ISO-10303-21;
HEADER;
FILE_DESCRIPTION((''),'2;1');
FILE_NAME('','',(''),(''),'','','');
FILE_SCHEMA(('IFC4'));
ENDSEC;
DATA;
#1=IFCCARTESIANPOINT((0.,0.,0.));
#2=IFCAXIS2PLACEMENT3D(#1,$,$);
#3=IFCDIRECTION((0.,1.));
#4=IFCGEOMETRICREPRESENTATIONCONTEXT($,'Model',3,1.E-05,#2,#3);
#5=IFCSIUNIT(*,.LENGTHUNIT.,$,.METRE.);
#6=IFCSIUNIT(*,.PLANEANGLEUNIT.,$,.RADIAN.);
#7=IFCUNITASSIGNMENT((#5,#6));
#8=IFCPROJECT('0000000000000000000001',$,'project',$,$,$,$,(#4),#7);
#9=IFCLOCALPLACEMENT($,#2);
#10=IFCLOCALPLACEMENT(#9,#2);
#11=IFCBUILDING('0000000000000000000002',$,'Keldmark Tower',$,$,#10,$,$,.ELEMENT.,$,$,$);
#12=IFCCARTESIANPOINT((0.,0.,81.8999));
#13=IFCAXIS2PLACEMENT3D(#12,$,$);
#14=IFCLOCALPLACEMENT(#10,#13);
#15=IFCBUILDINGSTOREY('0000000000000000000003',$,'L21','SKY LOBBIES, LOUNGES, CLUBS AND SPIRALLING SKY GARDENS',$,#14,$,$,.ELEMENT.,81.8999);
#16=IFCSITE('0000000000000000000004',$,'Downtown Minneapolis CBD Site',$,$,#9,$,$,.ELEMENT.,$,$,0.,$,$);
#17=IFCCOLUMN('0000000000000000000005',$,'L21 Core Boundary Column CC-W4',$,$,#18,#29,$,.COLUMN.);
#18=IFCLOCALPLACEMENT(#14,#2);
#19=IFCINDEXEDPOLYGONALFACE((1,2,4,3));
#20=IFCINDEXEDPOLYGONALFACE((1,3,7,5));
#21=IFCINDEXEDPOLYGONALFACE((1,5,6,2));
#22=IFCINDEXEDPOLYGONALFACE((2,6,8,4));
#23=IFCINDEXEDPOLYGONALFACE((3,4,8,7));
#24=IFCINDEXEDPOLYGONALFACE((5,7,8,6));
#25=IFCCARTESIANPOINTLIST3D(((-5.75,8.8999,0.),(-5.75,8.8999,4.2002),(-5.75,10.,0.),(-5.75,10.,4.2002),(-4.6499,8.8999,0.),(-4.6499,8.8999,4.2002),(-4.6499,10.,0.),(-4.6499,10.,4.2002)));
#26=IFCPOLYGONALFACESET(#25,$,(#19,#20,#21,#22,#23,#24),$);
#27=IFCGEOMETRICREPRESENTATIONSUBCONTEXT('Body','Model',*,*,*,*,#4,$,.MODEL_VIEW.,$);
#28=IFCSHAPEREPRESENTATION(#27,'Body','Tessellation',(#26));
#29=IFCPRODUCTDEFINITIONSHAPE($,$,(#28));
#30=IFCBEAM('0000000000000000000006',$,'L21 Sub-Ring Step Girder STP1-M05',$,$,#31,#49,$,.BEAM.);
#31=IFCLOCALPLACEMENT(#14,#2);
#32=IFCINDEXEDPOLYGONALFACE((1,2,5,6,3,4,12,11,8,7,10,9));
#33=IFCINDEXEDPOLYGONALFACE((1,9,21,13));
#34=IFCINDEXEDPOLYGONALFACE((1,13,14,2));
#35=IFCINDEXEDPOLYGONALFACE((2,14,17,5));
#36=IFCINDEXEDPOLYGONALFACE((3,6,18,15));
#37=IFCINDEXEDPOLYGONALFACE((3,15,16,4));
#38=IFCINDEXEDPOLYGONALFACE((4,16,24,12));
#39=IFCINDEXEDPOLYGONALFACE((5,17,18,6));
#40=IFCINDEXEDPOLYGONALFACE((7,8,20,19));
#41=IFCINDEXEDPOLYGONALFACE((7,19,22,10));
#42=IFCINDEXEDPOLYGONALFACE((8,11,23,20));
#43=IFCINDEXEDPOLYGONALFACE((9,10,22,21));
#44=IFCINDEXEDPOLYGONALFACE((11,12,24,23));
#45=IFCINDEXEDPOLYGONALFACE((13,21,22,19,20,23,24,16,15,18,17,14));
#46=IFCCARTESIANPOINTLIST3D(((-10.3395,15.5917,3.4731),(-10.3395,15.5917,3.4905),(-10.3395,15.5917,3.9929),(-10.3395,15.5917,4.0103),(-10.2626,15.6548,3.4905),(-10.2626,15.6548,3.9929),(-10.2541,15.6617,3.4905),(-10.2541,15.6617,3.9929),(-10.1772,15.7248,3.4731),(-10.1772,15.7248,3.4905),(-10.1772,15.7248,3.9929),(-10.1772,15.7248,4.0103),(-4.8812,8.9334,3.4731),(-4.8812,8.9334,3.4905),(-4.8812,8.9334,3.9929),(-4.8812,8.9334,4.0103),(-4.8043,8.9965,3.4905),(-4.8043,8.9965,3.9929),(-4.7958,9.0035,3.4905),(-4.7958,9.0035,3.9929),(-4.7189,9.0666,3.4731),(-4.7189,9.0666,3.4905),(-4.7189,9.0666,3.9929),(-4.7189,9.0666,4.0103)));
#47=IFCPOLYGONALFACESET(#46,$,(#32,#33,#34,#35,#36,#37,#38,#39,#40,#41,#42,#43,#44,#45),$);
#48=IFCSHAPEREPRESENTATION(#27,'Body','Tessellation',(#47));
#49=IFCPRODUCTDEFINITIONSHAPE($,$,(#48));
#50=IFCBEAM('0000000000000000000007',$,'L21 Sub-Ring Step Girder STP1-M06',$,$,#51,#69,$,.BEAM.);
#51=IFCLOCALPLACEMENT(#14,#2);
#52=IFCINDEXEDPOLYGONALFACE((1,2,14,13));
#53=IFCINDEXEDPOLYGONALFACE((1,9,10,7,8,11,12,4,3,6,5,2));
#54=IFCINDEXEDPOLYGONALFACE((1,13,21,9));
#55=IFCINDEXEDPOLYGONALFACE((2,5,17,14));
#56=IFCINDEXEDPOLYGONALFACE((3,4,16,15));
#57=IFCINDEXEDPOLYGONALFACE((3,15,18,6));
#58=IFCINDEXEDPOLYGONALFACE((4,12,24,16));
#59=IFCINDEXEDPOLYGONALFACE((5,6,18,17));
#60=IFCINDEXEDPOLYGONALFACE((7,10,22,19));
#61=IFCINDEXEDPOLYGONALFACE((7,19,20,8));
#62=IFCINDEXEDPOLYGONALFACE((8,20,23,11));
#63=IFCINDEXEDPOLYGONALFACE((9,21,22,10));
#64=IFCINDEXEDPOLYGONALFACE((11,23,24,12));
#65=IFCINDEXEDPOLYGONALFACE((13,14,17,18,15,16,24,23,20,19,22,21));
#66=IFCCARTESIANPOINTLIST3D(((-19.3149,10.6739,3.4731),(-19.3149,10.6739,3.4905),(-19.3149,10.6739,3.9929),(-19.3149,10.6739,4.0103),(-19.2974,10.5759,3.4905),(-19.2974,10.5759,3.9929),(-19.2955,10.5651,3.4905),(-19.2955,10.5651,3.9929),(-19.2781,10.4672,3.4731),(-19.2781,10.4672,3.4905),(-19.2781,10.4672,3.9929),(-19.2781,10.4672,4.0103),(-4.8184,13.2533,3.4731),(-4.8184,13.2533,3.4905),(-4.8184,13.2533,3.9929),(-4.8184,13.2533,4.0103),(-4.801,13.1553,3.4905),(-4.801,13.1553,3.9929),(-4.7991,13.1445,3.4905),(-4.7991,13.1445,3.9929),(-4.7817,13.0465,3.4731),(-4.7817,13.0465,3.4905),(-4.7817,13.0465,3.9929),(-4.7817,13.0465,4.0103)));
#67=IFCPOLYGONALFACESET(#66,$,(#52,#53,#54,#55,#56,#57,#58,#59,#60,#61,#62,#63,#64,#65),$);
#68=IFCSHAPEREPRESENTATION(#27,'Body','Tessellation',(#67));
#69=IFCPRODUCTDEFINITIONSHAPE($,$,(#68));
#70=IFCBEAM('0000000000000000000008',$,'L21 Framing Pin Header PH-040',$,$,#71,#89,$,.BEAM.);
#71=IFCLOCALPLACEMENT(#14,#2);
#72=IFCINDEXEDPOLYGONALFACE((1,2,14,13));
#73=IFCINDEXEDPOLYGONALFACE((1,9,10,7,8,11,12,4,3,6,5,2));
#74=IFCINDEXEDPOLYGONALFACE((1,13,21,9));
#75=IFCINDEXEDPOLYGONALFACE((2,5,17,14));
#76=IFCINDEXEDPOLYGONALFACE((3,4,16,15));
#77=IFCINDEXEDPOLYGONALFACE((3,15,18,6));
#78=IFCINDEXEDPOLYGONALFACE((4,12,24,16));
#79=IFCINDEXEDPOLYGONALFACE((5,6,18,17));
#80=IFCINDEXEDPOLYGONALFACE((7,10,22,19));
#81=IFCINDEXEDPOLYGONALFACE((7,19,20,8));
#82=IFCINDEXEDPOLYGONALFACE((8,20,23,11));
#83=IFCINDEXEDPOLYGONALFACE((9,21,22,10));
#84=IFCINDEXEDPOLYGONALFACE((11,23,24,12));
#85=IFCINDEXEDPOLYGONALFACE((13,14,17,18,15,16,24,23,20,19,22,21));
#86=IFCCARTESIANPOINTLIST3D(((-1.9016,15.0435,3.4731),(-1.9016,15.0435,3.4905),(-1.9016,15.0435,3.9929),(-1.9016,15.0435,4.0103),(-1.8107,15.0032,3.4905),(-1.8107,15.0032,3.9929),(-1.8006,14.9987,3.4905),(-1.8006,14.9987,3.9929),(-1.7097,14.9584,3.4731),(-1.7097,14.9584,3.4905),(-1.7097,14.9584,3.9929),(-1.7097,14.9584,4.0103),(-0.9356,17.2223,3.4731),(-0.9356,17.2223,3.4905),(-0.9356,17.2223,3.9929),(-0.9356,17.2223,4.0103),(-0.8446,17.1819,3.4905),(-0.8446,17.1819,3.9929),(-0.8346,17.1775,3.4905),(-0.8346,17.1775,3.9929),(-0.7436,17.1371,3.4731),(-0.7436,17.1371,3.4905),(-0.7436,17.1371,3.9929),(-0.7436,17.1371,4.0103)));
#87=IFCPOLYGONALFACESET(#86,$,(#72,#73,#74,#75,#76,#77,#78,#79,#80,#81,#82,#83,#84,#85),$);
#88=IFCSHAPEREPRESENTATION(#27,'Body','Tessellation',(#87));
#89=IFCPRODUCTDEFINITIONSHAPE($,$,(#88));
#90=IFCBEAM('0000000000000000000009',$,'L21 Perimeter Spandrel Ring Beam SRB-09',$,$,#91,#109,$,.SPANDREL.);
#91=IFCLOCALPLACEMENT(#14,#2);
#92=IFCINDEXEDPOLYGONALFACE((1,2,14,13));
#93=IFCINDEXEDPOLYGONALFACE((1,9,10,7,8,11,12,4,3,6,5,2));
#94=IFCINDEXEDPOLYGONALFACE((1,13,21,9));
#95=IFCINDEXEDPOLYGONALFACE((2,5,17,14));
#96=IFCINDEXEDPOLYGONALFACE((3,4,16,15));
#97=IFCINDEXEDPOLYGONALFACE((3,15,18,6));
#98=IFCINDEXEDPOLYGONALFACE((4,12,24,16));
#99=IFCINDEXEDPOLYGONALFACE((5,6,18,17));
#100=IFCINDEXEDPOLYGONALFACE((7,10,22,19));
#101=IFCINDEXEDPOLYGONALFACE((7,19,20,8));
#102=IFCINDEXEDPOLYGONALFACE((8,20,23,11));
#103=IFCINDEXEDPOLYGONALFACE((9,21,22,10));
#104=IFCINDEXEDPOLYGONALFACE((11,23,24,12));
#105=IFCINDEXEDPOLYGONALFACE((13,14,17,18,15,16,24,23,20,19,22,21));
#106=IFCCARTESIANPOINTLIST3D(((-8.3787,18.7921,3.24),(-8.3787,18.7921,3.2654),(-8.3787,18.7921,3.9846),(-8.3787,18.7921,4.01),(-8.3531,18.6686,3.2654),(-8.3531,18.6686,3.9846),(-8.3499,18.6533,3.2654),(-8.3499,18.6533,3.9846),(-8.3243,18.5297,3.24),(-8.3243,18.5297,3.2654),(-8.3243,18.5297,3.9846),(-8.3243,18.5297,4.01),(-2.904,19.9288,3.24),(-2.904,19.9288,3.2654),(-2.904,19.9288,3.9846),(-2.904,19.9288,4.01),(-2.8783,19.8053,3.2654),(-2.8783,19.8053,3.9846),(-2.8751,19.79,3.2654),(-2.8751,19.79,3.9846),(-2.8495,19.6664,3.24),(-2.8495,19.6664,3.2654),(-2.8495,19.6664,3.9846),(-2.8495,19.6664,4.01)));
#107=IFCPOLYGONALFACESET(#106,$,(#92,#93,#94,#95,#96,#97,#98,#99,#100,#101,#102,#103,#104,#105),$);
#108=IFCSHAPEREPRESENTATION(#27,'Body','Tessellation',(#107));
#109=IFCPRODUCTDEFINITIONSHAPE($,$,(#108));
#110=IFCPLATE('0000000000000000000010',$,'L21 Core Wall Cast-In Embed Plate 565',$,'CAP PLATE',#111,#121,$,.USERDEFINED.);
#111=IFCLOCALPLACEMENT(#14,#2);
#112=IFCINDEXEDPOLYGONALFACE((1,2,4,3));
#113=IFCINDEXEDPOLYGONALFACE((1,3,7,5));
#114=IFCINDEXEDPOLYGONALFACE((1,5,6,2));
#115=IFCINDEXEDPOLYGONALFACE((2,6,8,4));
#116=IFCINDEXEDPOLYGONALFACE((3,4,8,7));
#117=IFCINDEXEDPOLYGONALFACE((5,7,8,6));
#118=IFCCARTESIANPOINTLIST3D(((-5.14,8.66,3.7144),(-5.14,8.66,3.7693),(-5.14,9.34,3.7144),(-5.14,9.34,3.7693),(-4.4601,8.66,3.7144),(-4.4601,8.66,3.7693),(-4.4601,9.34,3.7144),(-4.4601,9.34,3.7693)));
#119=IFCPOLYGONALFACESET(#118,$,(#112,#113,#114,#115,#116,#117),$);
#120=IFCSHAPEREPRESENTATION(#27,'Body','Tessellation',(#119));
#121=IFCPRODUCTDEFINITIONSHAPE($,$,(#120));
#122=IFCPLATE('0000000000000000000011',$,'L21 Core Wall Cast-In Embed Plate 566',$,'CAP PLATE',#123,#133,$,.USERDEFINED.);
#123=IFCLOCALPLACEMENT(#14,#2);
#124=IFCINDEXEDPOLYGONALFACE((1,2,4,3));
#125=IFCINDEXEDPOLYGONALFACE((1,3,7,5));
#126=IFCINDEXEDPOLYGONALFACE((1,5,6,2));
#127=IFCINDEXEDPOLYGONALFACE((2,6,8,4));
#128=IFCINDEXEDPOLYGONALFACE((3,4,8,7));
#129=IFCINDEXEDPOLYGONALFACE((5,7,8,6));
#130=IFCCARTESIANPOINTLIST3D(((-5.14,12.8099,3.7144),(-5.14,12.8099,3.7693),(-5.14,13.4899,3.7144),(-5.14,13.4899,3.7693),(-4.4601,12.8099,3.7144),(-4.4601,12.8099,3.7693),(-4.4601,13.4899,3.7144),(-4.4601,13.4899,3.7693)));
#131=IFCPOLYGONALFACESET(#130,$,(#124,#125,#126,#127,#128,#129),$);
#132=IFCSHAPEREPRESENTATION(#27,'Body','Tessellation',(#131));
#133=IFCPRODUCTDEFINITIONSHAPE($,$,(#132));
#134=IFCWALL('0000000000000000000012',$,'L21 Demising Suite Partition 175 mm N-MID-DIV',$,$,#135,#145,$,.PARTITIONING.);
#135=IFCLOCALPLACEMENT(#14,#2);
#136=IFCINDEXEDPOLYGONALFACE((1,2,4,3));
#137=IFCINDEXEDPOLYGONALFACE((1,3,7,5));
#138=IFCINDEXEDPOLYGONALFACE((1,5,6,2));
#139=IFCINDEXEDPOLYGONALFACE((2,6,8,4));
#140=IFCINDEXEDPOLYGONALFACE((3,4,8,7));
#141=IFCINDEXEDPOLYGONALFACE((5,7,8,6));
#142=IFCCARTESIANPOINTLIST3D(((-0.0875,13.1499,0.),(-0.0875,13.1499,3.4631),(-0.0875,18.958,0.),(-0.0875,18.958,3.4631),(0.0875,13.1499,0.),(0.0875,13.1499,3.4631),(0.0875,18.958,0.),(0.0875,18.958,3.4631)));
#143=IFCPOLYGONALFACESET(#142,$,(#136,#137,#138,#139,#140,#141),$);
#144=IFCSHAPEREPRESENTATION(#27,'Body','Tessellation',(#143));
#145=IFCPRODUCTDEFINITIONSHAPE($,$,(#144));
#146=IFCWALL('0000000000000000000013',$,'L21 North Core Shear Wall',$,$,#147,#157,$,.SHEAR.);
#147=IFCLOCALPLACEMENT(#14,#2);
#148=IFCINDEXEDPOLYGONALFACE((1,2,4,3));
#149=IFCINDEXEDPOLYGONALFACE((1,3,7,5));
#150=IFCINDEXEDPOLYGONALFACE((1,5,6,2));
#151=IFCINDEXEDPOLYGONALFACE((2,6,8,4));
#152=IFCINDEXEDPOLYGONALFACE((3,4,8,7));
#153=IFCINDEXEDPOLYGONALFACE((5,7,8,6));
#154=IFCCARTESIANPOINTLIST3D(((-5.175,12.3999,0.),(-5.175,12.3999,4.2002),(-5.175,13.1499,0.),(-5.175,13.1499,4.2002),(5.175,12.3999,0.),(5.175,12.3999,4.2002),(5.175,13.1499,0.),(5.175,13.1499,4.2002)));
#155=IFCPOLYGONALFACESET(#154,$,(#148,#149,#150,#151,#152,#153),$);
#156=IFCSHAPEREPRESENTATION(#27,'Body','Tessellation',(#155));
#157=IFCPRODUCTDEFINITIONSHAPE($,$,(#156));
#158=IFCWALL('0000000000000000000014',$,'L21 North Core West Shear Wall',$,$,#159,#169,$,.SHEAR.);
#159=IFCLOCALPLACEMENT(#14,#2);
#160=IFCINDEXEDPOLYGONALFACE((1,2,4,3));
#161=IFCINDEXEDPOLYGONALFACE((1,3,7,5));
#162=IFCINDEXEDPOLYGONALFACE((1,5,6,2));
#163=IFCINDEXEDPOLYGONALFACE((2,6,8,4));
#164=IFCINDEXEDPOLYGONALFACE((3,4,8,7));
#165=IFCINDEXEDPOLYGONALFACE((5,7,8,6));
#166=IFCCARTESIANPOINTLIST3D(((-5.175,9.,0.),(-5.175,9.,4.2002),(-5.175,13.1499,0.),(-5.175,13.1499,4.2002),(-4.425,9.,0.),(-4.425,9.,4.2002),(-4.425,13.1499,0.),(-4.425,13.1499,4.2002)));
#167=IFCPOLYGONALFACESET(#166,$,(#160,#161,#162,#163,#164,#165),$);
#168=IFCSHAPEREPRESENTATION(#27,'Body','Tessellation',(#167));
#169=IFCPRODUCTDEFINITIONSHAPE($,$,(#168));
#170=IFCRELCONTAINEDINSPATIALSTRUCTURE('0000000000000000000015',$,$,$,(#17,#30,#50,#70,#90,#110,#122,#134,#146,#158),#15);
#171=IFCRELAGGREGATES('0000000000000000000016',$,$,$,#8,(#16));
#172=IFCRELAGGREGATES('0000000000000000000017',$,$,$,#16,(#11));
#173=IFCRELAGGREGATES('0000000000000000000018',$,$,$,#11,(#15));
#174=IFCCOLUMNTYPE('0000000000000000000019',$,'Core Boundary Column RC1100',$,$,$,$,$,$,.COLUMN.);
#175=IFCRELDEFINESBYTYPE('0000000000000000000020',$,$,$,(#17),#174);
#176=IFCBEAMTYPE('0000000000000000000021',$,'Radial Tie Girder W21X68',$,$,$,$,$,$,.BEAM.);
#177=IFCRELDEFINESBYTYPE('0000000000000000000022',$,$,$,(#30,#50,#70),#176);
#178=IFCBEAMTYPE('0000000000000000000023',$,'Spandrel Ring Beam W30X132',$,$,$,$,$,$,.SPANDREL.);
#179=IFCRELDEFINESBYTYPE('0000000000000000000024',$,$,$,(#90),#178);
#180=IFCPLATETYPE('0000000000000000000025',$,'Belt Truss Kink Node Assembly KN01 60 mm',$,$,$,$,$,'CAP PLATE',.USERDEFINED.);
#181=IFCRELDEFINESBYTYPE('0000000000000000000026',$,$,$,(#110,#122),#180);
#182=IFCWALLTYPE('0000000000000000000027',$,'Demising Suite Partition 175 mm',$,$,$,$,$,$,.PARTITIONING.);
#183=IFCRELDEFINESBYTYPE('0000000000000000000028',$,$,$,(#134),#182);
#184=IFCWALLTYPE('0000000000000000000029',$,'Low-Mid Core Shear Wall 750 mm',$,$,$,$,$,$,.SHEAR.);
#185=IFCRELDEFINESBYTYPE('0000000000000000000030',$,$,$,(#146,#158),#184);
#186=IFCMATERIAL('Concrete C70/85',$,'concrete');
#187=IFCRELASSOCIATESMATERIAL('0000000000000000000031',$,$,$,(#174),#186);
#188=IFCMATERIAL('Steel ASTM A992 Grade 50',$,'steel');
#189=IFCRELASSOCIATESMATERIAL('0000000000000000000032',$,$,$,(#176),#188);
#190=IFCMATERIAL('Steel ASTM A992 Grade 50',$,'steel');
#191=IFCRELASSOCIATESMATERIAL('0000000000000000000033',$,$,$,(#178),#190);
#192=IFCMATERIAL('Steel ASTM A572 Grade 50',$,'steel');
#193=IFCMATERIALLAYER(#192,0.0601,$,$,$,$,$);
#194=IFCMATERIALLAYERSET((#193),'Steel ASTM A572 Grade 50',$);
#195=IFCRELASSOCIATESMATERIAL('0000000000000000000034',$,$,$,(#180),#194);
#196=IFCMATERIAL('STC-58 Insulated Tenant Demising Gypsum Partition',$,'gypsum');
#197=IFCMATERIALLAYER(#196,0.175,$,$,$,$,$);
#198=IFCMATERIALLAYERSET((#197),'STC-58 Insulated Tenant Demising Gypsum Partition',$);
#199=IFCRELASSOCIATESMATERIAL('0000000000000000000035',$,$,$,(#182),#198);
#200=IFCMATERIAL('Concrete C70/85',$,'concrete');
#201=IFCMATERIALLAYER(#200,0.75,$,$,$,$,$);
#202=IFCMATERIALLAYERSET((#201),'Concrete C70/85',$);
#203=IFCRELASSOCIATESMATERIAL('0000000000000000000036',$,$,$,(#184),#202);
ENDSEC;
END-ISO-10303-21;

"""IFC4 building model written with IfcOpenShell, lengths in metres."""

from ifc_helpers import new_model, si_unit, direction, frame, frame_2d, origin, origin_2d, place, context, subcontext, project, spatial, rectangle, i_section, extrude, material, layer, layer_set, material_profile, profile_set, type_object, element, save


model = new_model("IFC4")

# Units and contexts
model_context = context("Model", 3, precision=1e-05, world=origin(), true_north=direction((0.0, 1.0)))
body_context = subcontext(model_context, "Body", "Model", "MODEL_VIEW")
ifc_project = project(units=[si_unit("LENGTHUNIT", "METRE"), si_unit("PLANEANGLEUNIT", "RADIAN")], contexts=[model_context])

# Site, building, storey
site_placement = place(None, origin())
site = spatial("IfcSite", under=ifc_project, at=site_placement, Name="Downtown Minneapolis CBD Site", CompositionType="ELEMENT", RefElevation=0.0)
building_placement = place(site_placement, origin())
building = spatial("IfcBuilding", under=site, at=building_placement, Name="Keldmark Tower", CompositionType="ELEMENT")
storey_placement = place(building_placement, frame((0.0, 0.0, 81.8999)))
storey = spatial("IfcBuildingStorey", under=building, at=storey_placement, Name="L21", Description="SKY LOBBIES, LOUNGES, CLUBS AND SPIRALLING SKY GARDENS", CompositionType="ELEMENT", Elevation=81.8999)

# Column
ifc_material_1 = material(Name="Concrete C70/85", Category="concrete")
ifc_material_profile_1 = material_profile(ifc_material_1, rectangle(XDim=1.1001, YDim=1.1001, at=origin_2d()), Name="RC1100X1100")
ifc_profile_set_1 = profile_set([ifc_material_profile_1], Name="Concrete C70/85")
column_type = type_object("IfcColumnType", Name="Core Boundary Column RC1100", PredefinedType="COLUMN", material=ifc_profile_set_1)
column_placement = place(storey_placement, frame((-5.2, 9.45, 0.0), z_axis=(0.0, 0.0, 1.0), x_axis=(1.0, 0.0, 0.0)))
element("IfcColumn", 1, at=column_placement, inside=storey, type_object=column_type, Name="L21 Core Boundary Column CC-W4", PredefinedType="COLUMN", context=body_context, shape_type="SweptSolid", body=[
    extrude(rectangle(XDim=1.1001, YDim=1.1001, at=origin_2d()), origin(), (0.0, 0.0, 1.0), 4.2002),
])

# Beams
ifc_material_2 = material(Name="Steel ASTM A992 Grade 50", Category="steel")
ifc_material_profile_2 = material_profile(ifc_material_2, i_section(OverallWidth=0.21, OverallDepth=0.5371, WebThickness=0.011, FlangeThickness=0.0173, at=origin_2d()), Name="W21X68")
ifc_profile_set_2 = profile_set([ifc_material_profile_2], Name="Steel ASTM A992 Grade 50")
beam_type_1 = type_object("IfcBeamType", Name="Radial Tie Girder W21X68", PredefinedType="BEAM", material=ifc_profile_set_2)
beam_1_placement = place(storey_placement, frame((-4.8, 9.0, 3.7417), z_axis=(-0.633977, 0.773352, 0.0), x_axis=(-0.773352, -0.633977, 0.0)))
element("IfcBeam", 2, at=beam_1_placement, inside=storey, type_object=beam_type_1, Name="L21 Sub-Ring Step Girder STP1-M05", PredefinedType="BEAM", context=body_context, shape_type="SweptSolid", body=[
    extrude(i_section(OverallWidth=0.21, OverallDepth=0.5371, WebThickness=0.011, FlangeThickness=0.0173, at=origin_2d()), origin(), (0.0, 0.0, 1.0), 8.6096),
])
beam_2_placement = place(storey_placement, frame((-4.8, 13.1499, 3.7417), z_axis=(-0.984537, -0.175179, 0.0), x_axis=(0.175179, -0.984537, 0.0)))
element("IfcBeam", 3, at=beam_2_placement, inside=storey, type_object=beam_type_1, Name="L21 Sub-Ring Step Girder STP1-M06", PredefinedType="BEAM", context=body_context, shape_type="SweptSolid", body=[
    extrude(i_section(OverallWidth=0.21, OverallDepth=0.5371, WebThickness=0.011, FlangeThickness=0.0173, at=origin_2d()), origin(), (0.0, 0.0, 1.0), 14.7241),
])
beam_3_placement = place(storey_placement, frame((-1.8057, 15.001, 3.7417), z_axis=(0.405349, 0.914162, 0.0), x_axis=(-0.914162, 0.405349, 0.0)))
element("IfcBeam", 4, at=beam_3_placement, inside=storey, type_object=beam_type_1, Name="L21 Framing Pin Header PH-040", PredefinedType="BEAM", context=body_context, shape_type="SweptSolid", body=[
    extrude(i_section(OverallWidth=0.21, OverallDepth=0.5371, WebThickness=0.011, FlangeThickness=0.0173, at=origin_2d()), origin(), (0.0, 0.0, 1.0), 2.3833),
])
ifc_material_3 = material(Name="Steel ASTM A992 Grade 50", Category="steel")
ifc_material_profile_3 = material_profile(ifc_material_3, i_section(OverallWidth=0.2681, OverallDepth=0.77, WebThickness=0.0156, FlangeThickness=0.0254, at=origin_2d()), Name="W30X132")
ifc_profile_set_3 = profile_set([ifc_material_profile_3], Name="Steel ASTM A992 Grade 50")
beam_type_2 = type_object("IfcBeamType", Name="Spandrel Ring Beam W30X132", PredefinedType="SPANDREL", material=ifc_profile_set_3)
beam_4_placement = place(storey_placement, frame((-2.8767, 19.7976, 3.625), z_axis=(-0.979119, -0.20329, 0.0), x_axis=(0.20329, -0.979119, 0.0)))
element("IfcBeam", 5, at=beam_4_placement, inside=storey, type_object=beam_type_2, Name="L21 Perimeter Spandrel Ring Beam SRB-09", PredefinedType="SPANDREL", context=body_context, shape_type="SweptSolid", body=[
    extrude(i_section(OverallWidth=0.2681, OverallDepth=0.77, WebThickness=0.0156, FlangeThickness=0.0254, at=origin_2d()), origin(), (0.0, 0.0, 1.0), 5.5916),
])

# Plates
ifc_material_4 = material(Name="Steel ASTM A572 Grade 50", Category="steel")
ifc_layer_1 = layer(ifc_material_4, 0.0601)
ifc_layer_set_1 = layer_set([ifc_layer_1], Name="Steel ASTM A572 Grade 50")
plate_type = type_object("IfcPlateType", Name="Belt Truss Kink Node Assembly KN01 60 mm", ElementType="CAP PLATE", PredefinedType="USERDEFINED", material=ifc_layer_set_1)
for number, where, z_axis, x_axis, name in (
    (6, (-4.8, 9.0, 3.7144), (0.0, 0.0, 1.0), (1.0, 0.0, 0.0), "L21 Core Wall Cast-In Embed Plate 565"),
    (7, (-4.8, 13.1499, 3.7144), (0.0, 0.0, 1.0), (1.0, 0.0, 0.0), "L21 Core Wall Cast-In Embed Plate 566"),
):
    element("IfcPlate", number, at=place(storey_placement, frame(where, z_axis=z_axis, x_axis=x_axis)), inside=storey, type_object=plate_type, Name=name, ObjectType="CAP PLATE", PredefinedType="USERDEFINED", context=body_context, shape_type="SweptSolid", body=[
        extrude(rectangle(XDim=0.6799, YDim=0.6799, at=origin_2d()), origin(), (0.0, 0.0, 1.0), 0.0549),
    ])

# Walls
ifc_material_5 = material(Name="STC-58 Insulated Tenant Demising Gypsum Partition", Category="gypsum")
ifc_layer_2 = layer(ifc_material_5, 0.175)
ifc_layer_set_2 = layer_set([ifc_layer_2], Name="STC-58 Insulated Tenant Demising Gypsum Partition")
wall_type_1 = type_object("IfcWallType", Name="Demising Suite Partition 175 mm", PredefinedType="PARTITIONING", material=ifc_layer_set_2)
wall_1_placement = place(storey_placement, frame((0.0, 13.1499, 0.0), z_axis=(0.0, 0.0, 1.0), x_axis=(0.0, 1.0, 0.0)))
element("IfcWall", 8, at=wall_1_placement, inside=storey, type_object=wall_type_1, Name="L21 Demising Suite Partition 175 mm N-MID-DIV", PredefinedType="PARTITIONING", context=body_context, shape_type="SweptSolid", body=[
    extrude(rectangle(XDim=5.8081, YDim=0.175, at=frame_2d((2.9041, 0.0))), origin(), (0.0, 0.0, 1.0), 3.4631),
])
ifc_material_6 = material(Name="Concrete C70/85", Category="concrete")
ifc_layer_3 = layer(ifc_material_6, 0.75)
ifc_layer_set_3 = layer_set([ifc_layer_3], Name="Concrete C70/85")
wall_type_2 = type_object("IfcWallType", Name="Low-Mid Core Shear Wall 750 mm", PredefinedType="SHEAR", material=ifc_layer_set_3)
wall_2_placement = place(storey_placement, frame((-5.175, 12.7749, 0.0), z_axis=(0.0, 0.0, 1.0), x_axis=(1.0, 0.0, 0.0)))
element("IfcWall", 9, at=wall_2_placement, inside=storey, type_object=wall_type_2, Name="L21 North Core Shear Wall", PredefinedType="SHEAR", context=body_context, shape_type="SweptSolid", body=[
    extrude(rectangle(XDim=10.3501, YDim=0.75, at=frame_2d((5.175, 0.0))), origin(), (0.0, 0.0, 1.0), 4.2002),
])
wall_3_placement = place(storey_placement, frame((-4.8, 9.0, 0.0), z_axis=(0.0, 0.0, 1.0), x_axis=(0.0, 1.0, 0.0)))
element("IfcWall", 10, at=wall_3_placement, inside=storey, type_object=wall_type_2, Name="L21 North Core West Shear Wall", PredefinedType="SHEAR", context=body_context, shape_type="SweptSolid", body=[
    extrude(rectangle(XDim=4.1499, YDim=0.75, at=frame_2d((2.075, 0.0))), origin(), (0.0, 0.0, 1.0), 4.2002),
])

save(model, "model.ifc")
